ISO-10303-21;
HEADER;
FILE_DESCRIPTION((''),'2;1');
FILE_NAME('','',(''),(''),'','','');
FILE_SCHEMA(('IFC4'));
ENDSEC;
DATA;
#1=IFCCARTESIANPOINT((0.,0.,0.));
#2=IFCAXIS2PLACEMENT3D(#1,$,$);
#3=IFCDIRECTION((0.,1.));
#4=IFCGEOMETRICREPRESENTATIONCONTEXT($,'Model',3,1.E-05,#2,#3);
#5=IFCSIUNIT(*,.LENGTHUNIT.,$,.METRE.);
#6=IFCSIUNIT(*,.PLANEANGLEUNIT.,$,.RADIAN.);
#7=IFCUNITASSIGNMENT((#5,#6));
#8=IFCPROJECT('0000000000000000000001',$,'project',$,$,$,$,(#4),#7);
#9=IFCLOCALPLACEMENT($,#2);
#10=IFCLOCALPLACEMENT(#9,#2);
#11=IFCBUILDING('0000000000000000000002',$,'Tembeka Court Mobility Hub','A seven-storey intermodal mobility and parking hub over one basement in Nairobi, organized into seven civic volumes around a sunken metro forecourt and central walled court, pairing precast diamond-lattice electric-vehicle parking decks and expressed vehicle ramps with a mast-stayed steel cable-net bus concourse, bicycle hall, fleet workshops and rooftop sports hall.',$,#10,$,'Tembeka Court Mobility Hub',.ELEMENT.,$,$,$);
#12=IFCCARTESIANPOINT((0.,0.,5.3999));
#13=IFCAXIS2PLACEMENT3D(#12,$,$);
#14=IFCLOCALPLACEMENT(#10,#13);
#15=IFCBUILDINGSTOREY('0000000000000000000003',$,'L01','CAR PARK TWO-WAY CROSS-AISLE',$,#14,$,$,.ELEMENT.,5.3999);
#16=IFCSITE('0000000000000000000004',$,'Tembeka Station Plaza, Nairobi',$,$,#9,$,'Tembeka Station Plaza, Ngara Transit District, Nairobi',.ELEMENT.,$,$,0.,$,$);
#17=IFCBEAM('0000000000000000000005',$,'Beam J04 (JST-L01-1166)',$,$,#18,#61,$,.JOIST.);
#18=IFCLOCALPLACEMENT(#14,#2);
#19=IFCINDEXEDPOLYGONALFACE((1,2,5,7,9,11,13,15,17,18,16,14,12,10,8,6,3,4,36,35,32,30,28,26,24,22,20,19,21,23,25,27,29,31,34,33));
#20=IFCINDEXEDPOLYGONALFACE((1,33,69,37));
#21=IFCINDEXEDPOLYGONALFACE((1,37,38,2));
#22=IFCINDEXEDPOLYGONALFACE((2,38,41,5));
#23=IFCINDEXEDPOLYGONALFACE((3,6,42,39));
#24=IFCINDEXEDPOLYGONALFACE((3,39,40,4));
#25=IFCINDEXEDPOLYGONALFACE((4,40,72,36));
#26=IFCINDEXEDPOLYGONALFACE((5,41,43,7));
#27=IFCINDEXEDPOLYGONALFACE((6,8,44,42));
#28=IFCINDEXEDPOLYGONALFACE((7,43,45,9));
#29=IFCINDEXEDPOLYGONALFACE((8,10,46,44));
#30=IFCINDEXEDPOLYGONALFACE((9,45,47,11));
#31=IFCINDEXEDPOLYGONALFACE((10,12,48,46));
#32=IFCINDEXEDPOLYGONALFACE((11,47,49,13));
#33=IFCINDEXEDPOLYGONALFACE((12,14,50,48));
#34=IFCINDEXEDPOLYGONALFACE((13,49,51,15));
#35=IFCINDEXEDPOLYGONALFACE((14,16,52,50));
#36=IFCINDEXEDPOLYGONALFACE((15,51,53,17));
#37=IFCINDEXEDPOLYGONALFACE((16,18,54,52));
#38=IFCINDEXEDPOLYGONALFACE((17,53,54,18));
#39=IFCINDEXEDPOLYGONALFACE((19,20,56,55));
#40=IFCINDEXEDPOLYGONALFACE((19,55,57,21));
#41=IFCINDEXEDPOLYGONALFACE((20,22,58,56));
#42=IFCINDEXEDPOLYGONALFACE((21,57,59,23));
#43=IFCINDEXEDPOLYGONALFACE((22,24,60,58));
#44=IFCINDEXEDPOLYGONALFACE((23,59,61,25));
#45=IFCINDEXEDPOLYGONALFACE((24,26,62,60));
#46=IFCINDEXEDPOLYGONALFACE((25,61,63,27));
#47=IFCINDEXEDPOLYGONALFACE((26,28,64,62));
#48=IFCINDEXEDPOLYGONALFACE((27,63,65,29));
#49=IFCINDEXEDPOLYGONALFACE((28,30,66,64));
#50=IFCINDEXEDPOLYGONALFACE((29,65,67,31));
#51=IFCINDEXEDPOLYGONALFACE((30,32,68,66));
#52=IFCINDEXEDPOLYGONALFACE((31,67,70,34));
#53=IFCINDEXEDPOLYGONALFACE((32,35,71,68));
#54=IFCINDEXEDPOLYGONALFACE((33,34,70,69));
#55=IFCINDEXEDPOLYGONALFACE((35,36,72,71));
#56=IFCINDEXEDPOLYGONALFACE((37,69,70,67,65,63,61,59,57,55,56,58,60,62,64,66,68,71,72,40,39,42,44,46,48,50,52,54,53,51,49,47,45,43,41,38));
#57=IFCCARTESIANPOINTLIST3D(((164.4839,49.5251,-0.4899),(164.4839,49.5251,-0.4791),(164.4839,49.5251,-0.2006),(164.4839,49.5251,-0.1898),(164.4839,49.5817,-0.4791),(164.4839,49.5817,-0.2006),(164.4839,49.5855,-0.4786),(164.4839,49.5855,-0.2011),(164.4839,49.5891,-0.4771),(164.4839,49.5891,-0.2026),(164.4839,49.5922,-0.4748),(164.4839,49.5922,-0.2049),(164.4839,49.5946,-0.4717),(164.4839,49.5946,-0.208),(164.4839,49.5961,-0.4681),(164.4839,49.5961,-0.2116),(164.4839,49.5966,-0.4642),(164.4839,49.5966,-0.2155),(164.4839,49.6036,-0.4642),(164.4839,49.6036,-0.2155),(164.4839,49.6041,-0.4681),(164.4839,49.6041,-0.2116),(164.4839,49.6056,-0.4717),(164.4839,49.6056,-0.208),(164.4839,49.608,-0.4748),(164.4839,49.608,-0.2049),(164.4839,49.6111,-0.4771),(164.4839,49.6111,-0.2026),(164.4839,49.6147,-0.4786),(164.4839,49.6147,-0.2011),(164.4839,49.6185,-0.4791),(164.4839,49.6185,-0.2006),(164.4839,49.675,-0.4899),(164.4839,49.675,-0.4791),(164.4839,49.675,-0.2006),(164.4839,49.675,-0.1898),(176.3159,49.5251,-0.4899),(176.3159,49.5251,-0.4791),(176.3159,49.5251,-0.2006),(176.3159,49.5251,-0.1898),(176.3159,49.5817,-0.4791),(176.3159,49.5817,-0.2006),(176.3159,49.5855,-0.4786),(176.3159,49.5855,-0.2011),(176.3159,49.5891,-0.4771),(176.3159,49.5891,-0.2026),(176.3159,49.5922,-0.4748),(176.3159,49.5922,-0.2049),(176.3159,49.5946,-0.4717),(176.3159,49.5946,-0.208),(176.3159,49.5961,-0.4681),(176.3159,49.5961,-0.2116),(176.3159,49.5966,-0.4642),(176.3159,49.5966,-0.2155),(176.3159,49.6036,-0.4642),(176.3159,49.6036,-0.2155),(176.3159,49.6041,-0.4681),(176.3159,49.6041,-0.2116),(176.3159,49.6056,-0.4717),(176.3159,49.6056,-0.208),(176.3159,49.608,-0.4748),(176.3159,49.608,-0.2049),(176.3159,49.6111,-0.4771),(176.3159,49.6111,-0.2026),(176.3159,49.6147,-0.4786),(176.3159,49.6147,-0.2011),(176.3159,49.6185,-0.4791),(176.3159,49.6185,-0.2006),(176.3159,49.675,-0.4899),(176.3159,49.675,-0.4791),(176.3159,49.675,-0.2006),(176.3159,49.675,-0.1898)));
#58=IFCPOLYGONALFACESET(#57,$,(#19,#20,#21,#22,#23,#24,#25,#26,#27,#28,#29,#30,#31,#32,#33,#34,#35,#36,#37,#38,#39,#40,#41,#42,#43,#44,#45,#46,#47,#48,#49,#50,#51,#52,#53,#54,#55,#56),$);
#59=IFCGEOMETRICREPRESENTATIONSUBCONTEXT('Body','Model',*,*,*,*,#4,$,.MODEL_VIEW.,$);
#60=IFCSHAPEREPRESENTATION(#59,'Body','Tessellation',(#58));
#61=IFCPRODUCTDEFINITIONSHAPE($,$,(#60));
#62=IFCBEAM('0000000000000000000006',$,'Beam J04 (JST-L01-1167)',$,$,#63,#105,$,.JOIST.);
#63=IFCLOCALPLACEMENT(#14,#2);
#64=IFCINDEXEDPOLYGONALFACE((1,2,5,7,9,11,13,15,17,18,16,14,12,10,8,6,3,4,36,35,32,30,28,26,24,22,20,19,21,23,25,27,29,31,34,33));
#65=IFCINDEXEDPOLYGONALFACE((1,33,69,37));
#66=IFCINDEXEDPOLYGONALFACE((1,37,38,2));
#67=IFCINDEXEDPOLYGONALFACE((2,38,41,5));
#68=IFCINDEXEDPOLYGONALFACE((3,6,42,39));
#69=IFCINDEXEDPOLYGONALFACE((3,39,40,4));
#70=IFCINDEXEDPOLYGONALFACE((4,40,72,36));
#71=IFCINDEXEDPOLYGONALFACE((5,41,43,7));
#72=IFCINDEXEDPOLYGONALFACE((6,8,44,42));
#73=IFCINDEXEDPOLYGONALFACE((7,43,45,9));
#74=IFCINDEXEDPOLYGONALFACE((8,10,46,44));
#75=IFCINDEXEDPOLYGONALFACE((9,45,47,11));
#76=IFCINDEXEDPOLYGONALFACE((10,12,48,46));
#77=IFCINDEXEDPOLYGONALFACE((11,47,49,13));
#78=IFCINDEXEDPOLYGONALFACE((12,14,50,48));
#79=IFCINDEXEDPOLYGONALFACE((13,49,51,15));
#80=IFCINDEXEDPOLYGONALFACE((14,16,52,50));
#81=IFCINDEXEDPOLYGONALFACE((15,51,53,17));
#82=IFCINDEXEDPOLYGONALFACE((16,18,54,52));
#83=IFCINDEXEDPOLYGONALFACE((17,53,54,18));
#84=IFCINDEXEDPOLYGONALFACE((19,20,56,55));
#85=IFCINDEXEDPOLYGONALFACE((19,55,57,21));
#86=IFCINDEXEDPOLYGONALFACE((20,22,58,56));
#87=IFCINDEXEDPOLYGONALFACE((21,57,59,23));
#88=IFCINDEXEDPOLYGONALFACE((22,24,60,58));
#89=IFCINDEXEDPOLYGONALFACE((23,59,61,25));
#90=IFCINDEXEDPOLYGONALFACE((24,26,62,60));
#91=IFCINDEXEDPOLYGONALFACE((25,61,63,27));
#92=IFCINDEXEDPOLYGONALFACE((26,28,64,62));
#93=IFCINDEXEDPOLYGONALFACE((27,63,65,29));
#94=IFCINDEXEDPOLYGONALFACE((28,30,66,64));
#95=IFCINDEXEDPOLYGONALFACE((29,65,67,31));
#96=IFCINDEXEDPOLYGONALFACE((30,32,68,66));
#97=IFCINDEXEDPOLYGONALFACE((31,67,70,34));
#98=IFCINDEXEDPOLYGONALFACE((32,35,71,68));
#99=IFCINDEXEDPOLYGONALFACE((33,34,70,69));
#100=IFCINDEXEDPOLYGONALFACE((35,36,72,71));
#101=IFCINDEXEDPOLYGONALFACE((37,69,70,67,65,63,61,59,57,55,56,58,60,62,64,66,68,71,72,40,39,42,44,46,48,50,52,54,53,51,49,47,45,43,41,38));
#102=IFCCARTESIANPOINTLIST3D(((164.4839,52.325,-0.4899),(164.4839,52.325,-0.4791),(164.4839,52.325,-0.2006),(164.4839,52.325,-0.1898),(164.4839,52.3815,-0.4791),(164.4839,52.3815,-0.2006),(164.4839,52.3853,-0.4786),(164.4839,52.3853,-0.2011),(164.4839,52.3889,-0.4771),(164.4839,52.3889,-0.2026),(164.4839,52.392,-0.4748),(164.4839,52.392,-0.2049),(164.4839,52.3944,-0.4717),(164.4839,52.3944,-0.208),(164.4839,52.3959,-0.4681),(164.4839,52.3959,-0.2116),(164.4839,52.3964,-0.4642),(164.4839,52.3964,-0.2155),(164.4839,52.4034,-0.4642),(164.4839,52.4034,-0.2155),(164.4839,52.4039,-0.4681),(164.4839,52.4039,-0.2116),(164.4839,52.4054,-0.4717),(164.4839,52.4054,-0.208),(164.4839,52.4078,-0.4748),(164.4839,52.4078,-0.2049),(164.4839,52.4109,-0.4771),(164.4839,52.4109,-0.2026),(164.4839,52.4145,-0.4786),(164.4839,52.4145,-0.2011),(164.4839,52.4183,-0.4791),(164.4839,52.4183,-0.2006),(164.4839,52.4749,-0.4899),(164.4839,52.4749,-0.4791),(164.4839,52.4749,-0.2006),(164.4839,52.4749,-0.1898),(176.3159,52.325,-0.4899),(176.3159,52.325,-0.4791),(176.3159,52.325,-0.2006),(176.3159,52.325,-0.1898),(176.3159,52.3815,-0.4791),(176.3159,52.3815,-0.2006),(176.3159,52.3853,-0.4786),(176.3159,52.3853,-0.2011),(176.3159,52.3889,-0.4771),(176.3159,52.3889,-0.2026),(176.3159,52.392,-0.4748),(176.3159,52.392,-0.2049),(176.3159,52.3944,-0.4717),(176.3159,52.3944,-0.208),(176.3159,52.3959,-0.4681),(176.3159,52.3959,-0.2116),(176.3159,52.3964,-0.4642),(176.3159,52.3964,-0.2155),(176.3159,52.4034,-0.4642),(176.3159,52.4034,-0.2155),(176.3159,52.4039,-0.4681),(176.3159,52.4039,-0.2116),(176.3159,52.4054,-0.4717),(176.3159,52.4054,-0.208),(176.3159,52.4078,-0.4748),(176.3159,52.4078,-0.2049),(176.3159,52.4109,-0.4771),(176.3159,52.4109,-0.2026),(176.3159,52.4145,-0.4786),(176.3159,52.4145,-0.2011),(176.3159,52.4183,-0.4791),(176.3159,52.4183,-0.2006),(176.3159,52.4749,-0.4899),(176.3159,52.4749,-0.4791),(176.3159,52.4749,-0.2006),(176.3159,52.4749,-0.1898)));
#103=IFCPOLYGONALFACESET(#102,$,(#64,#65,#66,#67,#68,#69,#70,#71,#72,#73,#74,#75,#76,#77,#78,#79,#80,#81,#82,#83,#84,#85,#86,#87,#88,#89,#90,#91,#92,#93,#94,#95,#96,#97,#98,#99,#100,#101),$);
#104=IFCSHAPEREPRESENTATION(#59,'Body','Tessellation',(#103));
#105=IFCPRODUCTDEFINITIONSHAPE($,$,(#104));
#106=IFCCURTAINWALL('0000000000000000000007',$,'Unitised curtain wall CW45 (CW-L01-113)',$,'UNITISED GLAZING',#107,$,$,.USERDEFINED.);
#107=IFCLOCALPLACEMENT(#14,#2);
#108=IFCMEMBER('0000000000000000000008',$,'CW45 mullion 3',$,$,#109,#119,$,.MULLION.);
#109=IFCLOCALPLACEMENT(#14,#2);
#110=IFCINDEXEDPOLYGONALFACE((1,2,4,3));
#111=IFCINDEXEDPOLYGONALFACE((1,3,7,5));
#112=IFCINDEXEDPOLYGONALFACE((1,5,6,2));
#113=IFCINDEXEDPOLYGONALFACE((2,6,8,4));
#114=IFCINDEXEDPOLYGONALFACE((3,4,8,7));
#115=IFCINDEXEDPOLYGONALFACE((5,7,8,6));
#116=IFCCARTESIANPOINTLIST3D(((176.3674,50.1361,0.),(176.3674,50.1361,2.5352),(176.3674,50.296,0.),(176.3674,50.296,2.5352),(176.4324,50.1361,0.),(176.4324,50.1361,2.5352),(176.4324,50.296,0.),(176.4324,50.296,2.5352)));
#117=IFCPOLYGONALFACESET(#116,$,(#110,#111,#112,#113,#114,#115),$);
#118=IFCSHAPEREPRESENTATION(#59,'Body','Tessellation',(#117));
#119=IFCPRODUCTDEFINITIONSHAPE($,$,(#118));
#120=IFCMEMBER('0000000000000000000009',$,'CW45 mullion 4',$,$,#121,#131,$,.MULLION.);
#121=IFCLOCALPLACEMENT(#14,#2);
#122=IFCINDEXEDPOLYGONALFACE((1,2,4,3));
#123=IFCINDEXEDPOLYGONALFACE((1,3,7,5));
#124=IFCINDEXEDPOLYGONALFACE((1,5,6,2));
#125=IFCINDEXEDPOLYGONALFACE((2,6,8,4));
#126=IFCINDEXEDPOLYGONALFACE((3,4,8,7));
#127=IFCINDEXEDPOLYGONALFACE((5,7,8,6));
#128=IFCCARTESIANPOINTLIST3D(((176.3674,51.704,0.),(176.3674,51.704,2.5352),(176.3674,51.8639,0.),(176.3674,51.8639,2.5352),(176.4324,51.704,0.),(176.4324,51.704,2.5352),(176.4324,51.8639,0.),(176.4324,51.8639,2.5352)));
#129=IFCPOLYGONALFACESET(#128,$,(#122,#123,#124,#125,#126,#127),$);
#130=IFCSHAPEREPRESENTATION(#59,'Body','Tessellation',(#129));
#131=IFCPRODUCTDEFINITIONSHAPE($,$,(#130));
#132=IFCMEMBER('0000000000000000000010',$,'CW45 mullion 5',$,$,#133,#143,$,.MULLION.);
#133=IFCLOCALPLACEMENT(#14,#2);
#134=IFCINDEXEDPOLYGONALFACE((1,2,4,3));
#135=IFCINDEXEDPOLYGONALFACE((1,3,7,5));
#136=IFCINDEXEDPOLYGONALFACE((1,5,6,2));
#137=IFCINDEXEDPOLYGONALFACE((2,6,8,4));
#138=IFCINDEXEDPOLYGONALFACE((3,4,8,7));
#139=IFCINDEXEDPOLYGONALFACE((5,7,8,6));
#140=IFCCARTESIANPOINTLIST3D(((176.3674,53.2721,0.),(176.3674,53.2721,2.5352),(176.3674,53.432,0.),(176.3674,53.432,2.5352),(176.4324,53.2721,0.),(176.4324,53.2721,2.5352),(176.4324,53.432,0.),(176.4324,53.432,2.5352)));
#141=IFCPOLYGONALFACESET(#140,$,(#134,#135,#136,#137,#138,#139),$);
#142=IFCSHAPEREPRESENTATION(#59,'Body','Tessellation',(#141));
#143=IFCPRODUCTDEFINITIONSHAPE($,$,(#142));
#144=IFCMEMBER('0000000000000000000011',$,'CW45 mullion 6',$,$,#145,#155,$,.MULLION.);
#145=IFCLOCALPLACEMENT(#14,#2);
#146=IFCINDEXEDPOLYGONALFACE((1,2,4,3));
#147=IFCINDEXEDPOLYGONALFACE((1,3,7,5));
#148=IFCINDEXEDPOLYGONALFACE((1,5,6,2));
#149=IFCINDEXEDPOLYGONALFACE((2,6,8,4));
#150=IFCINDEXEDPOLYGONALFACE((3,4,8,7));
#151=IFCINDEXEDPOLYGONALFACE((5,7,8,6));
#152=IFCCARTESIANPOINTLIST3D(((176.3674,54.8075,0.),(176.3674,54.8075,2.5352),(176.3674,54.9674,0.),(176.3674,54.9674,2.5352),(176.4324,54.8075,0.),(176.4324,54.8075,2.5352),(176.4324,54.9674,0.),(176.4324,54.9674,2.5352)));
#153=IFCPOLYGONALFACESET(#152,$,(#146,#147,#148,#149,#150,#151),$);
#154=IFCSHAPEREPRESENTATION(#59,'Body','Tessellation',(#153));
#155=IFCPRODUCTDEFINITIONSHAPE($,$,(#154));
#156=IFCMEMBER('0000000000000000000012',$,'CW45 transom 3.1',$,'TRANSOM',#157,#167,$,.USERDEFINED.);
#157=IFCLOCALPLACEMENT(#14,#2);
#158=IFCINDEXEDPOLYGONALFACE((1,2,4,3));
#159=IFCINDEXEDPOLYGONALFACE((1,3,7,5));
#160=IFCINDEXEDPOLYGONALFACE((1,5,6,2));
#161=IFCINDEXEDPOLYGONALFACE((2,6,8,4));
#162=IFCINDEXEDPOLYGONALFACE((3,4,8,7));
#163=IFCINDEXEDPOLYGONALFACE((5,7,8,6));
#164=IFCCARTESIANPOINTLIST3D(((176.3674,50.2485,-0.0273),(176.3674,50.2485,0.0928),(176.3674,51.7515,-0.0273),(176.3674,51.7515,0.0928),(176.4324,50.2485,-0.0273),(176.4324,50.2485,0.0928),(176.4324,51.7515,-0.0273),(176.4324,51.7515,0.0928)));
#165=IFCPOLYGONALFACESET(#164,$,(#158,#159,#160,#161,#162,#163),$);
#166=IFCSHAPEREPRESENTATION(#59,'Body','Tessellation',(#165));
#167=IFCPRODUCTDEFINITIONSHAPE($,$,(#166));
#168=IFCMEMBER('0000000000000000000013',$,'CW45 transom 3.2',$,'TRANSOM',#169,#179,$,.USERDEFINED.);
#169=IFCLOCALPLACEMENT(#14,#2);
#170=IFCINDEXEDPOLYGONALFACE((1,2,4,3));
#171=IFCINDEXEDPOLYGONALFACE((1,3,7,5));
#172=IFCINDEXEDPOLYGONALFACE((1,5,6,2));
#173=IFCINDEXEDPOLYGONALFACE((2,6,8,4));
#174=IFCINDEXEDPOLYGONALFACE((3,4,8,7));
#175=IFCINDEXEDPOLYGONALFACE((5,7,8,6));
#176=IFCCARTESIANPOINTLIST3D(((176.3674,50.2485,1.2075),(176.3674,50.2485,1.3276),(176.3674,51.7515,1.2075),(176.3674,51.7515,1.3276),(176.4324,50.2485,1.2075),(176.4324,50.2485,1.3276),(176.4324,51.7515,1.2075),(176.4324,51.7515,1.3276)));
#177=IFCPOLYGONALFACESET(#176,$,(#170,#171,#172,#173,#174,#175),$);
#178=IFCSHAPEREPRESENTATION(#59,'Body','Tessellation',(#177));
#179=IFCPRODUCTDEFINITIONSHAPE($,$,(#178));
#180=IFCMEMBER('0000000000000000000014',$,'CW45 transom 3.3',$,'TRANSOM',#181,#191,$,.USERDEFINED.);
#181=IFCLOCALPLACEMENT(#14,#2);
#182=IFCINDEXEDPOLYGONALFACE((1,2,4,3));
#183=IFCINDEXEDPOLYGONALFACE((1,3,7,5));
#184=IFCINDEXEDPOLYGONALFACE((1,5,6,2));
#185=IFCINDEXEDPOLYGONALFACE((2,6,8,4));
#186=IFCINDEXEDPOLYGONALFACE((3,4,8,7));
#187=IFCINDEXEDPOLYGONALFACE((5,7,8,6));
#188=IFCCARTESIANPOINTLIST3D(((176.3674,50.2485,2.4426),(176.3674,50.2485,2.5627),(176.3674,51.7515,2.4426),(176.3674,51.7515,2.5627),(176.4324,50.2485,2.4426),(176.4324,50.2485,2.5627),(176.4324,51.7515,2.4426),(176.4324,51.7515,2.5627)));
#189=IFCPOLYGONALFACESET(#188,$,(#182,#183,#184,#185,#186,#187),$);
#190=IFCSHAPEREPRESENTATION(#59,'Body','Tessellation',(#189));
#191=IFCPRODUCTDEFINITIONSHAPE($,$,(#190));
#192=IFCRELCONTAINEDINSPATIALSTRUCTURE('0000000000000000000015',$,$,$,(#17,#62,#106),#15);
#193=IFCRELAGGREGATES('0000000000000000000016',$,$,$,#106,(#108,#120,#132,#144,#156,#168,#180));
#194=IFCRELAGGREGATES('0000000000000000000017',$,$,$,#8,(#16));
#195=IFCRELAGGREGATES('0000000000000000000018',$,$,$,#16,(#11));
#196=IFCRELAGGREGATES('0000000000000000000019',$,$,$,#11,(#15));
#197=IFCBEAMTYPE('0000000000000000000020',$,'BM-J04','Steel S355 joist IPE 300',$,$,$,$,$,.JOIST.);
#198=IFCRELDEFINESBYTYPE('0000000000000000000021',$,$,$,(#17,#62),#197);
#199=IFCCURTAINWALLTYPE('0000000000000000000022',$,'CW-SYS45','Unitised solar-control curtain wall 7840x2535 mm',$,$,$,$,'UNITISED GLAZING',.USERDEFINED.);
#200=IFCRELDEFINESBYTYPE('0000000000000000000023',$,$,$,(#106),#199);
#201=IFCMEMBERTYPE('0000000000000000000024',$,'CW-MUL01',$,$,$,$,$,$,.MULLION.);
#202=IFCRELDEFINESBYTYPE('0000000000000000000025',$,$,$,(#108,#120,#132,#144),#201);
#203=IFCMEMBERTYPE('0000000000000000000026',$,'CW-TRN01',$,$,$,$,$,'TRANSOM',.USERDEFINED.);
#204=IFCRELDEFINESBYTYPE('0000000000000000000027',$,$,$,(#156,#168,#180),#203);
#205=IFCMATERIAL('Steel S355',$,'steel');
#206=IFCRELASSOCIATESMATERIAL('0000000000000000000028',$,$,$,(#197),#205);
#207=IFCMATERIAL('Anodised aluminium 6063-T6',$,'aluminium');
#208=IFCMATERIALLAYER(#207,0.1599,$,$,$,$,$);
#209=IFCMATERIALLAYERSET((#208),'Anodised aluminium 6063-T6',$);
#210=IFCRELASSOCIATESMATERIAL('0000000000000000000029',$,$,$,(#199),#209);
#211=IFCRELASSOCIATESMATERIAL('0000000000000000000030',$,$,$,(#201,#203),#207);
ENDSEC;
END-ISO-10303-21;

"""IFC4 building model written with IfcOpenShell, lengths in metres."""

from ifc_helpers import new_model, si_unit, direction, frame, origin, origin_2d, place, context, subcontext, project, spatial, rectangle, i_section, extrude, material, layer, layer_set, material_profile, profile_set, type_object, element, aggregate, save


model = new_model("IFC4")

# Units and contexts
model_context = context("Model", 3, precision=1e-05, world=origin(), true_north=direction((0.0, 1.0)))
body_context = subcontext(model_context, "Body", "Model", "MODEL_VIEW")
ifc_project = project(units=[si_unit("LENGTHUNIT", "METRE"), si_unit("PLANEANGLEUNIT", "RADIAN")], contexts=[model_context])

# Site, building, storey
site_placement = place(None, origin())
site = spatial("IfcSite", under=ifc_project, at=site_placement, Name="Tembeka Station Plaza, Nairobi", LongName="Tembeka Station Plaza, Ngara Transit District, Nairobi", CompositionType="ELEMENT", RefElevation=0.0)
building_placement = place(site_placement, origin())
building = spatial("IfcBuilding", under=site, at=building_placement, Name="Tembeka Court Mobility Hub", Description="A seven-storey intermodal mobility and parking hub over one basement in Nairobi, organized into seven civic volumes around a sunken metro forecourt and central walled court, pairing precast diamond-lattice electric-vehicle parking decks and expressed vehicle ramps with a mast-stayed steel cable-net bus concourse, bicycle hall, fleet workshops and rooftop sports hall.", LongName="Tembeka Court Mobility Hub", CompositionType="ELEMENT")
storey_placement = place(building_placement, frame((0.0, 0.0, 5.3999)))
storey = spatial("IfcBuildingStorey", under=building, at=storey_placement, Name="L01", Description="CAR PARK TWO-WAY CROSS-AISLE", CompositionType="ELEMENT", Elevation=5.3999)

# Beams
ifc_material_1 = material(Name="Steel S355", Category="steel")
ifc_material_profile_1 = material_profile(ifc_material_1, i_section(OverallWidth=0.1499, OverallDepth=0.3, WebThickness=0.0071, FlangeThickness=0.0107, FilletRadius=0.0149, at=origin_2d()), Name="IPE 300")
ifc_profile_set_1 = profile_set([ifc_material_profile_1], Name="Steel S355")
beam_type = type_object("IfcBeamType", Name="BM-J04", Description="Steel S355 joist IPE 300", PredefinedType="JOIST", material=ifc_profile_set_1)
for number, where, z_axis, x_axis, name in (
    (1, (164.4839, 49.6001, -0.3398), (1.0, 0.0, 0.0), (0.0, 1.0, 0.0), "Beam J04 (JST-L01-1166)"),
    (2, (164.4839, 52.3999, -0.3398), (1.0, 0.0, 0.0), (0.0, 1.0, 0.0), "Beam J04 (JST-L01-1167)"),
):
    element("IfcBeam", number, at=place(storey_placement, frame(where, z_axis=z_axis, x_axis=x_axis)), inside=storey, type_object=beam_type, Name=name, PredefinedType="JOIST", context=body_context, shape_type="SweptSolid", body=[
        extrude(i_section(OverallWidth=0.1499, OverallDepth=0.3, WebThickness=0.0071, FlangeThickness=0.0107, FilletRadius=0.0149, at=origin_2d()), origin(), (0.0, 0.0, 1.0), 11.832),
    ])

# Curtain wall, members
ifc_material_2 = material(Name="Anodised aluminium 6063-T6", Category="aluminium")
ifc_layer_1 = layer(ifc_material_2, 0.1599)
ifc_layer_set_1 = layer_set([ifc_layer_1], Name="Anodised aluminium 6063-T6")
curtain_wall_type = type_object("IfcCurtainWallType", Name="CW-SYS45", Description="Unitised solar-control curtain wall 7840x2535 mm", ElementType="UNITISED GLAZING", PredefinedType="USERDEFINED", material=ifc_layer_set_1)
curtain_wall_placement = place(storey_placement, origin())
curtain_wall = element("IfcCurtainWall", 3, at=curtain_wall_placement, inside=storey, type_object=curtain_wall_type, Name="Unitised curtain wall CW45 (CW-L01-113)", ObjectType="UNITISED GLAZING", PredefinedType="USERDEFINED")
ifc_material_profile_2 = material_profile(ifc_material_2, rectangle(XDim=0.0649, YDim=0.1599, at=origin_2d()), Name="ALU-MUL 65x160")
ifc_profile_set_2 = profile_set([ifc_material_profile_2], Name="Anodised aluminium 6063-T6")
member_type_1 = type_object("IfcMemberType", Name="CW-MUL01", PredefinedType="MULLION", material=ifc_profile_set_2)
member_1_placement = place(storey_placement, frame((176.3999, 50.2161, 0.0), z_axis=(0.0, 0.0, 1.0), x_axis=(-1.0, 0.0, 0.0)))
member_1 = element("IfcMember", 4, at=member_1_placement, type_object=member_type_1, Name="CW45 mullion 3", PredefinedType="MULLION", context=body_context, shape_type="SweptSolid", body=[
    extrude(rectangle(XDim=0.0649, YDim=0.1599, at=origin_2d()), origin(), (0.0, 0.0, 1.0), 2.5352),
])
member_2_placement = place(storey_placement, frame((176.3999, 51.7839, 0.0), z_axis=(0.0, 0.0, 1.0), x_axis=(-1.0, 0.0, 0.0)))
member_2 = element("IfcMember", 5, at=member_2_placement, type_object=member_type_1, Name="CW45 mullion 4", PredefinedType="MULLION", context=body_context, shape_type="SweptSolid", body=[
    extrude(rectangle(XDim=0.0649, YDim=0.1599, at=origin_2d()), origin(), (0.0, 0.0, 1.0), 2.5352),
])
member_3_placement = place(storey_placement, frame((176.3999, 53.3521, 0.0), z_axis=(0.0, 0.0, 1.0), x_axis=(-1.0, 0.0, 0.0)))
member_3 = element("IfcMember", 6, at=member_3_placement, type_object=member_type_1, Name="CW45 mullion 5", PredefinedType="MULLION", context=body_context, shape_type="SweptSolid", body=[
    extrude(rectangle(XDim=0.0649, YDim=0.1599, at=origin_2d()), origin(), (0.0, 0.0, 1.0), 2.5352),
])
member_4_placement = place(storey_placement, frame((176.3999, 54.8875, 0.0), z_axis=(0.0, 0.0, 1.0), x_axis=(-1.0, 0.0, 0.0)))
member_4 = element("IfcMember", 7, at=member_4_placement, type_object=member_type_1, Name="CW45 mullion 6", PredefinedType="MULLION", context=body_context, shape_type="SweptSolid", body=[
    extrude(rectangle(XDim=0.0649, YDim=0.1599, at=origin_2d()), origin(), (0.0, 0.0, 1.0), 2.5352),
])
ifc_material_profile_3 = material_profile(ifc_material_2, rectangle(XDim=0.0649, YDim=0.1201, at=origin_2d()), Name="ALU-TRN 65x120")
ifc_profile_set_3 = profile_set([ifc_material_profile_3], Name="Anodised aluminium 6063-T6")
member_type_2 = type_object("IfcMemberType", Name="CW-TRN01", ElementType="TRANSOM", PredefinedType="USERDEFINED", material=ifc_profile_set_3)
member_5_placement = place(storey_placement, frame((176.3999, 50.2485, 0.0327), z_axis=(0.0, 1.0, 0.0), x_axis=(-1.0, 0.0, 0.0)))
member_5 = element("IfcMember", 8, at=member_5_placement, type_object=member_type_2, Name="CW45 transom 3.1", ObjectType="TRANSOM", PredefinedType="USERDEFINED", context=body_context, shape_type="SweptSolid", body=[
    extrude(rectangle(XDim=0.0649, YDim=0.1201, at=origin_2d()), origin(), (0.0, 0.0, 1.0), 1.5029),
])
member_6_placement = place(storey_placement, frame((176.3999, 50.2485, 1.2676), z_axis=(0.0, 1.0, 0.0), x_axis=(-1.0, 0.0, 0.0)))
member_6 = element("IfcMember", 9, at=member_6_placement, type_object=member_type_2, Name="CW45 transom 3.2", ObjectType="TRANSOM", PredefinedType="USERDEFINED", context=body_context, shape_type="SweptSolid", body=[
    extrude(rectangle(XDim=0.0649, YDim=0.1201, at=origin_2d()), origin(), (0.0, 0.0, 1.0), 1.5029),
])
member_7_placement = place(storey_placement, frame((176.3999, 50.2485, 2.5027), z_axis=(0.0, 1.0, 0.0), x_axis=(-1.0, 0.0, 0.0)))
member_7 = element("IfcMember", 10, at=member_7_placement, type_object=member_type_2, Name="CW45 transom 3.3", ObjectType="TRANSOM", PredefinedType="USERDEFINED", context=body_context, shape_type="SweptSolid", body=[
    extrude(rectangle(XDim=0.0649, YDim=0.1201, at=origin_2d()), origin(), (0.0, 0.0, 1.0), 1.5029),
])
aggregate(curtain_wall, [member_1, member_2, member_3, member_4, member_5, member_6, member_7])

save(model, "model.ifc")
